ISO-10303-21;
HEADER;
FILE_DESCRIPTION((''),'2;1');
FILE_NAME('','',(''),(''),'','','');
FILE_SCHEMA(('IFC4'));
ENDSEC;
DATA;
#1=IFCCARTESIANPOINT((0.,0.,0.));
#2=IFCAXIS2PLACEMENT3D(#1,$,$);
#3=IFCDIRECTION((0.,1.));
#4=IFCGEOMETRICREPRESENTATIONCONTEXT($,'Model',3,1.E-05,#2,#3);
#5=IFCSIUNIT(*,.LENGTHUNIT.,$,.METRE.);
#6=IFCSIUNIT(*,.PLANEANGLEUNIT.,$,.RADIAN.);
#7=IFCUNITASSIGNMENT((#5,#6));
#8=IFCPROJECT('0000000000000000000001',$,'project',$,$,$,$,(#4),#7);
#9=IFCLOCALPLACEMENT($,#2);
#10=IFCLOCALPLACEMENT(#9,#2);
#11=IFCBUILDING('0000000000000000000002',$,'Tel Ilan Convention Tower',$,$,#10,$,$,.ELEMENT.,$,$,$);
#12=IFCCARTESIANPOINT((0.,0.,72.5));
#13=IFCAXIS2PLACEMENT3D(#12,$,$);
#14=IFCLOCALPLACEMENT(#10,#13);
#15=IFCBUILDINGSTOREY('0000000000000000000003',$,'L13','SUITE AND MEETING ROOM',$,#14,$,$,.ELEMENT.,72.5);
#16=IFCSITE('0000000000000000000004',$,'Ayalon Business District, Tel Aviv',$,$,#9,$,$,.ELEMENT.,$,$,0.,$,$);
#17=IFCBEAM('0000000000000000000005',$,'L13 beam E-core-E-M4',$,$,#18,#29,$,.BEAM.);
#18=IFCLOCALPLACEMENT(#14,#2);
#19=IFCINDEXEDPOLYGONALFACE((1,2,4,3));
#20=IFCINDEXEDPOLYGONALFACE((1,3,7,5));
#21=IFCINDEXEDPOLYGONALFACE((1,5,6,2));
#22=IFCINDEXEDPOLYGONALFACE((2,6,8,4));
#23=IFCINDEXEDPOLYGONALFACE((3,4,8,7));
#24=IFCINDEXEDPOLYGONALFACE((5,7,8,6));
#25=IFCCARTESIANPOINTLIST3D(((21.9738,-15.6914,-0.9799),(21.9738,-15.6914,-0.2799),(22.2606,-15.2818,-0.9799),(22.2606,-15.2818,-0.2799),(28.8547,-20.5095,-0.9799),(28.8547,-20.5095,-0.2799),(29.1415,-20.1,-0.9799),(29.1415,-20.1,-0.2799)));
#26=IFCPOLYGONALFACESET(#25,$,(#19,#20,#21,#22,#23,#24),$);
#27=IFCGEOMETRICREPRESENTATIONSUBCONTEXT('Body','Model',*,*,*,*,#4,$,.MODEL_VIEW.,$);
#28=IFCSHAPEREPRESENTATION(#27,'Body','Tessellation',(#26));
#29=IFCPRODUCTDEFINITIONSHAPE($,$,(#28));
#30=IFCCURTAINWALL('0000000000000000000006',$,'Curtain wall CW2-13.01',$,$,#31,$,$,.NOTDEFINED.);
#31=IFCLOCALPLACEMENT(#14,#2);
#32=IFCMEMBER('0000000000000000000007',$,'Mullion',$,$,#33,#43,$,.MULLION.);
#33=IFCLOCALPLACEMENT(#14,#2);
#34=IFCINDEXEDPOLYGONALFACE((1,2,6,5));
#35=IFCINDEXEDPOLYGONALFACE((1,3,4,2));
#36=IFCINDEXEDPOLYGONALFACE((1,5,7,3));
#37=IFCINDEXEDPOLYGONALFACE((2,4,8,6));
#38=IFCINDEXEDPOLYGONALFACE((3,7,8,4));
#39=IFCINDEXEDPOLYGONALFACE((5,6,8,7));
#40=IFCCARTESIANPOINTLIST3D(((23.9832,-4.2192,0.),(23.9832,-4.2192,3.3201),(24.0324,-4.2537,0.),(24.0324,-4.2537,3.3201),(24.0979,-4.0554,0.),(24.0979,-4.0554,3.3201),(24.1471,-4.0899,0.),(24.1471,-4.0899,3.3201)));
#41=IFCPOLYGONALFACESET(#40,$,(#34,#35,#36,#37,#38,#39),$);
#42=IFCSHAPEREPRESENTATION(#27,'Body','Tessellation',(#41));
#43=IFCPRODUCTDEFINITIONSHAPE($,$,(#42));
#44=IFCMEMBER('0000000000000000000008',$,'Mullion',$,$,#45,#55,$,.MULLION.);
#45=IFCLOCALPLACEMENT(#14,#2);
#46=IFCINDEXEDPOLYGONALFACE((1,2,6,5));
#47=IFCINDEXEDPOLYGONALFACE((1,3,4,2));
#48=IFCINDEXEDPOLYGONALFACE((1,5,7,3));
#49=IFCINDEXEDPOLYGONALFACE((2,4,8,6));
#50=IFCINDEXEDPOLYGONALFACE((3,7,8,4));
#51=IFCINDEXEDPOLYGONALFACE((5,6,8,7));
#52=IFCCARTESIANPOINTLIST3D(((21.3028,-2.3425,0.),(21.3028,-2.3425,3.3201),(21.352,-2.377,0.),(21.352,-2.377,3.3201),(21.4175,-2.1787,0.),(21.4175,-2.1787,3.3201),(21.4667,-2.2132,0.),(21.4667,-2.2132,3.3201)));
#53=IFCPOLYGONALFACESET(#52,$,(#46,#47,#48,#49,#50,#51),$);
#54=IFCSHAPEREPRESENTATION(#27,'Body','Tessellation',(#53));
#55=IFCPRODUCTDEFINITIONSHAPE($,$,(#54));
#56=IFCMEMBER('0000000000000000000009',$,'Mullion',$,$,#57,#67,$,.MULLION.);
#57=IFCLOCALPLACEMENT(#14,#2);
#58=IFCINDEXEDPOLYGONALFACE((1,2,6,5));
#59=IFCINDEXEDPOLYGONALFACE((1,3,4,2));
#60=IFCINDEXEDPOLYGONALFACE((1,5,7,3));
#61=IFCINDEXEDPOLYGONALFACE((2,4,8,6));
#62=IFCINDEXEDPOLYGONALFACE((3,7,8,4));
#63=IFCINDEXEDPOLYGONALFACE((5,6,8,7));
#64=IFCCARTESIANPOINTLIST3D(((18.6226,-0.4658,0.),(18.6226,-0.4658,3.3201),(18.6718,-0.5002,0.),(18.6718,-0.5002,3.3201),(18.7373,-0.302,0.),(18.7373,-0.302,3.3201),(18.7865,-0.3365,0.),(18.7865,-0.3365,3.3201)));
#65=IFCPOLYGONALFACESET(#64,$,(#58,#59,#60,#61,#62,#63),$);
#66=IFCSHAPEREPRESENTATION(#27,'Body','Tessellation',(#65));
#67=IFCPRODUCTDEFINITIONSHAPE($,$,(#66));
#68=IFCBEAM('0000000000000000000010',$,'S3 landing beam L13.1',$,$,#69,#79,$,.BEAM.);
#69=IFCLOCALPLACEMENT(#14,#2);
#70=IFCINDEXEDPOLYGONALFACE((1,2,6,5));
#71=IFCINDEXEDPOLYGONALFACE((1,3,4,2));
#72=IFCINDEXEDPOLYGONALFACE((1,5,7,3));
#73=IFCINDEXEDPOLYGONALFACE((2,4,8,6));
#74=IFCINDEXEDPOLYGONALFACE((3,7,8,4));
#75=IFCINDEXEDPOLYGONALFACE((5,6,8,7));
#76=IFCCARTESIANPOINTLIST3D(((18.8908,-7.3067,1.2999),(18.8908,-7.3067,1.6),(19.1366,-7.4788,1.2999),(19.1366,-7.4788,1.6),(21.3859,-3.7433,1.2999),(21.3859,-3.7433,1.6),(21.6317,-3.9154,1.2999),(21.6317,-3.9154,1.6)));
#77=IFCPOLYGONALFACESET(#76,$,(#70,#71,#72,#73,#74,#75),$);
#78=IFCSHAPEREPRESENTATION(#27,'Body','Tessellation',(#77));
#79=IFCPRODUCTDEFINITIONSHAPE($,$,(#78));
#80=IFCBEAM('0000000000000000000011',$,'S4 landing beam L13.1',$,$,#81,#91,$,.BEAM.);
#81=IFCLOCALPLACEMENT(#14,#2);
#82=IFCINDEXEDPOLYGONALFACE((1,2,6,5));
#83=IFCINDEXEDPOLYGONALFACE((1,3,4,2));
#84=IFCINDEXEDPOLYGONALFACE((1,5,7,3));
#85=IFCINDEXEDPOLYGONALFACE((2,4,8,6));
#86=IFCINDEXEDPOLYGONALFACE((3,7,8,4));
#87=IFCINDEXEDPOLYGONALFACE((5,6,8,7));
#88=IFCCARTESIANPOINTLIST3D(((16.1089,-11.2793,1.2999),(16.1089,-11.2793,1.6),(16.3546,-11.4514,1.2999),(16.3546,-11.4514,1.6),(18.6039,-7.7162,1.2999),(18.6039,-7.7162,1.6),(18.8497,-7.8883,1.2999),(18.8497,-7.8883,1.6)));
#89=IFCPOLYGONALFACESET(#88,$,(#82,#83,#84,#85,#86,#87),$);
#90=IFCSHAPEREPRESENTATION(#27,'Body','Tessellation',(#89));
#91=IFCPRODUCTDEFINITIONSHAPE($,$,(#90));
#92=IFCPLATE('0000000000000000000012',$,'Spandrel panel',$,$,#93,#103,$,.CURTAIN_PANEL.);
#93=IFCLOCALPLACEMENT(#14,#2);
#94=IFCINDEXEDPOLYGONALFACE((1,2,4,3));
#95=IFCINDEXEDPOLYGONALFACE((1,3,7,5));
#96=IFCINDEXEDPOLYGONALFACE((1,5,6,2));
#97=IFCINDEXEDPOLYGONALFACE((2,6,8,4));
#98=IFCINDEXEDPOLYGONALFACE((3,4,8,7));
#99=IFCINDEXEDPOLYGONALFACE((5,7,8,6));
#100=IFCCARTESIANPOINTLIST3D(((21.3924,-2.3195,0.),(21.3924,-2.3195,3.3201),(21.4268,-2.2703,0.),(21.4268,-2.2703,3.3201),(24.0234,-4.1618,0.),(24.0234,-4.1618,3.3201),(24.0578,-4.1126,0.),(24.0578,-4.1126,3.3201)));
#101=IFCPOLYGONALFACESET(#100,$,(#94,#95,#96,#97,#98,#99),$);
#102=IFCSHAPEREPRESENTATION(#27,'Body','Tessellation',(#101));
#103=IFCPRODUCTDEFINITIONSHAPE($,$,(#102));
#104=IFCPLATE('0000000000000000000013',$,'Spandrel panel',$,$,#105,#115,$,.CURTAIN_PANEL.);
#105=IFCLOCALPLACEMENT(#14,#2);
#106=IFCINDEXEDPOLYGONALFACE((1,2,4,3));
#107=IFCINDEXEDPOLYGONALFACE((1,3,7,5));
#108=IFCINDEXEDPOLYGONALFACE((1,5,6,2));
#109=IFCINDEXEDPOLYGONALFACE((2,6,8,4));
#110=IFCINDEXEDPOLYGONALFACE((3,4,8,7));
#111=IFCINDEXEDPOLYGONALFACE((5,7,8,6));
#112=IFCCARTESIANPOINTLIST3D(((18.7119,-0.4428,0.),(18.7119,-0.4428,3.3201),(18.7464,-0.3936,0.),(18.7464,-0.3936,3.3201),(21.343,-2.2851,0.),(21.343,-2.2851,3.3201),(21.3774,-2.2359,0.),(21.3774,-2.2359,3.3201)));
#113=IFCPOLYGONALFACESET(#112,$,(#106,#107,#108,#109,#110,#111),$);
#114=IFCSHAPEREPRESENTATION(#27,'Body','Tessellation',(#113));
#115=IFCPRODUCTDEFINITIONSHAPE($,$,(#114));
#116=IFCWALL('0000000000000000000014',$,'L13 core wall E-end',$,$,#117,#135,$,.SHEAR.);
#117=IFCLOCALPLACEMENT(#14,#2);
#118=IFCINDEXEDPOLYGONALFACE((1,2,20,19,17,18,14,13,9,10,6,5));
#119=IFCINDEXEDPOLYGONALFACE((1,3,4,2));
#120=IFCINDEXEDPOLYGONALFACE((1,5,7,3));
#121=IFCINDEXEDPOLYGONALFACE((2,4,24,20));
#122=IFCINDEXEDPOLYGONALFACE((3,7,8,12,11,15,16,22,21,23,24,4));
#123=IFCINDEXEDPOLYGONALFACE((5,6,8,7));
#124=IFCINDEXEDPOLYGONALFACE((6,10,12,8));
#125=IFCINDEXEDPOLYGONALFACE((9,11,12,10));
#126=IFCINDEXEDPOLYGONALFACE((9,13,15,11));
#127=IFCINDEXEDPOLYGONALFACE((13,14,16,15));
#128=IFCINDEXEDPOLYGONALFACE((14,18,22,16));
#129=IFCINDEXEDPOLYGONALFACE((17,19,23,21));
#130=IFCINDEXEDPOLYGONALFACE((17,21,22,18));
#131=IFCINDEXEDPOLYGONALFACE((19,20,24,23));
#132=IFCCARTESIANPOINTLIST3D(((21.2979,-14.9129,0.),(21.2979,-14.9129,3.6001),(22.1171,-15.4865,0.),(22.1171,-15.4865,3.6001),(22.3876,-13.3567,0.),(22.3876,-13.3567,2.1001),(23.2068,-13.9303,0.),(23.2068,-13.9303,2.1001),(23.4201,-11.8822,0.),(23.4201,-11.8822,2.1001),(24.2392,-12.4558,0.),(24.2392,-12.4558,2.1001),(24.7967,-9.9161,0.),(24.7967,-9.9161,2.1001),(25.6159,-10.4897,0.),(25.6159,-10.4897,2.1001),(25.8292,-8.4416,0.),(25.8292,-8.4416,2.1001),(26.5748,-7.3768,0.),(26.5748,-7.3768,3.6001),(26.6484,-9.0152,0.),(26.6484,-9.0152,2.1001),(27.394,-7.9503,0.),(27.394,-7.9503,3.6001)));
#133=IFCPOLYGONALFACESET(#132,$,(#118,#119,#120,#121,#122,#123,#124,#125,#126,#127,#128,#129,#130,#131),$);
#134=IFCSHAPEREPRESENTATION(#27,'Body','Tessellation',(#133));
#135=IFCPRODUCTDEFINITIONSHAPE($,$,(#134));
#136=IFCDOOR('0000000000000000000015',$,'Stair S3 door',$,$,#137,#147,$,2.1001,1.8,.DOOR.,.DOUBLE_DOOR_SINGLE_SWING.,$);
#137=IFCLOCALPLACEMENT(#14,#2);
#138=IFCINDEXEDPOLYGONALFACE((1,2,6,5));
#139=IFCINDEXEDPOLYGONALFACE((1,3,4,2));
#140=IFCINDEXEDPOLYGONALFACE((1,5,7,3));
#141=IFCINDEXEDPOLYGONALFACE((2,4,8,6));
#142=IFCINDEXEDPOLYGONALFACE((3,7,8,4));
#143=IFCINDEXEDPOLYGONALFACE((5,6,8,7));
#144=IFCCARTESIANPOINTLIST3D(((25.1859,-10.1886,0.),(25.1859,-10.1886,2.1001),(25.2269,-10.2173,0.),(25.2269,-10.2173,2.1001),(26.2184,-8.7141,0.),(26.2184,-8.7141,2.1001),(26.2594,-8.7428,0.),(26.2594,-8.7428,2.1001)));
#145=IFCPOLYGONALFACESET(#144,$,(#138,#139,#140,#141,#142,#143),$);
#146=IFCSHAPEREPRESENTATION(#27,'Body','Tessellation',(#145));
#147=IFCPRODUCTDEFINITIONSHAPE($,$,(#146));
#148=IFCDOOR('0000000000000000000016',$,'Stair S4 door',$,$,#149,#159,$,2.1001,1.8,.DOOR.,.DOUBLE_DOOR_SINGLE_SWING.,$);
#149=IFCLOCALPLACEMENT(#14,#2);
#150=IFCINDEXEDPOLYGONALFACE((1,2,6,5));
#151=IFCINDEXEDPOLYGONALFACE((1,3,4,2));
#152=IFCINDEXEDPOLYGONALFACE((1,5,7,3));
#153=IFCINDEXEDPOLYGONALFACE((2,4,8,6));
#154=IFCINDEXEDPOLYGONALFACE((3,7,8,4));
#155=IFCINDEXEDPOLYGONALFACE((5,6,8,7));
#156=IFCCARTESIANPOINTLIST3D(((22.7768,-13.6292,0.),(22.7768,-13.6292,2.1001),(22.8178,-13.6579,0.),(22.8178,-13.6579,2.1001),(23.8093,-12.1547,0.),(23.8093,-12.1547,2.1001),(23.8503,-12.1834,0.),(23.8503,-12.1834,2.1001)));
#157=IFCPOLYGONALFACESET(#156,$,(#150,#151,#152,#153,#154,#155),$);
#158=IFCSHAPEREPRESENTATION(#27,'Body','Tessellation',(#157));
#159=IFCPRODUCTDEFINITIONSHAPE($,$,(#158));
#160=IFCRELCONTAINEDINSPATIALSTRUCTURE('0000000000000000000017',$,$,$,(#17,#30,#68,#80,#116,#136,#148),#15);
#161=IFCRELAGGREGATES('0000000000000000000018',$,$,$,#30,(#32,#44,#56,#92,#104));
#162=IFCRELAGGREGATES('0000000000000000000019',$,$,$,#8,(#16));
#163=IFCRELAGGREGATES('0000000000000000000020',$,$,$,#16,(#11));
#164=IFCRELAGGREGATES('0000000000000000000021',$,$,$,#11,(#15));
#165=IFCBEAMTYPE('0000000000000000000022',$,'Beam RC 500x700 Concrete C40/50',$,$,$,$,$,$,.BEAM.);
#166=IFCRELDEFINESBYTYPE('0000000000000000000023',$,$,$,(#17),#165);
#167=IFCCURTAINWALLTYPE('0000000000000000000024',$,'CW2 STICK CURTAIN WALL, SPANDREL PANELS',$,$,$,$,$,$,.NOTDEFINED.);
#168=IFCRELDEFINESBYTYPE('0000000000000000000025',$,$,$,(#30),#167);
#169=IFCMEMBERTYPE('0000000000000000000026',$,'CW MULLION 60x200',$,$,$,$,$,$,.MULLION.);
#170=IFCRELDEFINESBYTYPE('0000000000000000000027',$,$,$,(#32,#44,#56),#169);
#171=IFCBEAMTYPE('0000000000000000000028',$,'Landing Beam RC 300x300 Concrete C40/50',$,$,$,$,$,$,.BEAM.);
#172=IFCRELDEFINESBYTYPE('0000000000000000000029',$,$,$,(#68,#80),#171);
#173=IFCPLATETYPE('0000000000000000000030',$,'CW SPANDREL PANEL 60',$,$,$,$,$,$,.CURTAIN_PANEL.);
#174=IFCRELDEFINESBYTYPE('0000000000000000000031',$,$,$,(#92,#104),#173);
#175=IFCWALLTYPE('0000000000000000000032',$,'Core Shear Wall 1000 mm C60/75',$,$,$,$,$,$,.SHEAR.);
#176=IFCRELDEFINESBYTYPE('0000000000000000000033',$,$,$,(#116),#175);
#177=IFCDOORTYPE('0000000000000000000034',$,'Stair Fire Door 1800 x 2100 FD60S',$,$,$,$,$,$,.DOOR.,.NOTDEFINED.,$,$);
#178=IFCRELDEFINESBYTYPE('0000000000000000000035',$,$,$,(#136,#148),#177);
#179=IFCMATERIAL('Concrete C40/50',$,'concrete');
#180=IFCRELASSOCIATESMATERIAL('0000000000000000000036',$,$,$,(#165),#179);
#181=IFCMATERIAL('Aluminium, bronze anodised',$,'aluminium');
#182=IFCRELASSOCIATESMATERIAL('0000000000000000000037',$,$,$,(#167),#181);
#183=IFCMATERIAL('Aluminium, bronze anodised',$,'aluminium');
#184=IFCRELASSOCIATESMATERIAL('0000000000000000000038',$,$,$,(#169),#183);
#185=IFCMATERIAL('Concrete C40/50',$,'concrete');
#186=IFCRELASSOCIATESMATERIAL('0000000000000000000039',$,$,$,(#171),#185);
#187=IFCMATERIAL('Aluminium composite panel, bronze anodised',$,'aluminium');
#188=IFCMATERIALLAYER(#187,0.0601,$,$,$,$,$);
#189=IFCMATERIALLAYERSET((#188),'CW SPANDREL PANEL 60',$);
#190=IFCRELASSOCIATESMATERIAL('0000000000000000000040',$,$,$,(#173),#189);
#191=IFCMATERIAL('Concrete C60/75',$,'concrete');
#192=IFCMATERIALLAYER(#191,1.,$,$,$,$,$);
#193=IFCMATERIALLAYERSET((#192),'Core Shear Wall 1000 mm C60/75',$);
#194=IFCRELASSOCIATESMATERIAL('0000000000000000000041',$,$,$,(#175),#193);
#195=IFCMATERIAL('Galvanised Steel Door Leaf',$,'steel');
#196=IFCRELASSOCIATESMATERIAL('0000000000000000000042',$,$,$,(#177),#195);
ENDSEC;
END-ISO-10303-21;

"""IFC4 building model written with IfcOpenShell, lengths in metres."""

from ifc_helpers import new_model, si_unit, direction, frame, frame_2d, origin, origin_2d, place, context, subcontext, project, spatial, polyline, rectangle, outline, extrude, material, layer, layer_set, material_profile, profile_set, type_object, element, fill, aggregate, save


model = new_model("IFC4")

# Units and contexts
model_context = context("Model", 3, precision=1e-05, world=origin(), true_north=direction((0.0, 1.0)))
body_context = subcontext(model_context, "Body", "Model", "MODEL_VIEW")
ifc_project = project(units=[si_unit("LENGTHUNIT", "METRE"), si_unit("PLANEANGLEUNIT", "RADIAN")], contexts=[model_context])

# Site, building, storey
site_placement = place(None, origin())
site = spatial("IfcSite", under=ifc_project, at=site_placement, Name="Ayalon Business District, Tel Aviv", CompositionType="ELEMENT", RefElevation=0.0)
building_placement = place(site_placement, origin())
building = spatial("IfcBuilding", under=site, at=building_placement, Name="Tel Ilan Convention Tower", CompositionType="ELEMENT")
storey_placement = place(building_placement, frame((0.0, 0.0, 72.5)))
storey = spatial("IfcBuildingStorey", under=building, at=storey_placement, Name="L13", Description="SUITE AND MEETING ROOM", CompositionType="ELEMENT", Elevation=72.5)

# Beam
ifc_material_1 = material(Name="Concrete C40/50", Category="concrete")
ifc_material_profile_1 = material_profile(ifc_material_1, rectangle(XDim=0.5, YDim=0.7, at=origin_2d()), Name="RC 500x700")
ifc_profile_set_1 = profile_set([ifc_material_profile_1], Name="Concrete C40/50")
beam_type_1 = type_object("IfcBeamType", Name="Beam RC 500x700 Concrete C40/50", PredefinedType="BEAM", material=ifc_profile_set_1)
beam_1_placement = place(storey_placement, frame((22.1172, -15.4866, -0.6299), z_axis=(0.819147, -0.573583, 0.0), x_axis=(0.573583, 0.819147, 0.0)))
element("IfcBeam", 1, at=beam_1_placement, inside=storey, type_object=beam_type_1, Name="L13 beam E-core-E-M4", PredefinedType="BEAM", context=body_context, shape_type="SweptSolid", body=[
    extrude(rectangle(XDim=0.5, YDim=0.7, at=origin_2d()), origin(), (0.0, 0.0, 1.0), 8.4001),
])

# Curtain wall, members
ifc_material_2 = material(Name="Aluminium, bronze anodised", Category="aluminium")
curtain_wall_type = type_object("IfcCurtainWallType", Name="CW2 STICK CURTAIN WALL, SPANDREL PANELS", PredefinedType="NOTDEFINED", material=ifc_material_2)
curtain_wall_placement = place(storey_placement, origin())
curtain_wall = element("IfcCurtainWall", 2, at=curtain_wall_placement, inside=storey, type_object=curtain_wall_type, Name="Curtain wall CW2-13.01", PredefinedType="NOTDEFINED")
ifc_material_3 = material(Name="Aluminium, bronze anodised", Category="aluminium")
ifc_material_profile_2 = material_profile(ifc_material_3, rectangle(XDim=0.0601, YDim=0.2, at=origin_2d()), Name="CW MULLION 60x200")
ifc_profile_set_2 = profile_set([ifc_material_profile_2], Name="Aluminium, bronze anodised")
member_type = type_object("IfcMemberType", Name="CW MULLION 60x200", PredefinedType="MULLION", material=ifc_profile_set_2)
member_1_placement = place(storey_placement, frame((24.0652, -4.1545, 0.0), z_axis=(0.0, 0.0, 1.0), x_axis=(-0.819152, 0.573576, 0.0)))
member_1 = element("IfcMember", 3, at=member_1_placement, type_object=member_type, Name="Mullion", PredefinedType="MULLION", context=body_context, shape_type="SweptSolid", body=[
    extrude(rectangle(XDim=0.0601, YDim=0.2, at=origin_2d()), origin(), (0.0, 0.0, 1.0), 3.3201),
])
member_2_placement = place(storey_placement, frame((21.3848, -2.2778, 0.0), z_axis=(0.0, 0.0, 1.0), x_axis=(-0.819152, 0.573576, 0.0)))
member_2 = element("IfcMember", 4, at=member_2_placement, type_object=member_type, Name="Mullion", PredefinedType="MULLION", context=body_context, shape_type="SweptSolid", body=[
    extrude(rectangle(XDim=0.0601, YDim=0.2, at=origin_2d()), origin(), (0.0, 0.0, 1.0), 3.3201),
])
member_3_placement = place(storey_placement, frame((18.7046, -0.4011, 0.0), z_axis=(0.0, 0.0, 1.0), x_axis=(-0.819152, 0.573576, 0.0)))
member_3 = element("IfcMember", 5, at=member_3_placement, type_object=member_type, Name="Mullion", PredefinedType="MULLION", context=body_context, shape_type="SweptSolid", body=[
    extrude(rectangle(XDim=0.0601, YDim=0.2, at=origin_2d()), origin(), (0.0, 0.0, 1.0), 3.3201),
])

# Beams
ifc_material_4 = material(Name="Concrete C40/50", Category="concrete")
ifc_material_profile_3 = material_profile(ifc_material_4, rectangle(XDim=0.3, YDim=0.3, at=origin_2d()), Name="RC 300x300")
ifc_profile_set_3 = profile_set([ifc_material_profile_3], Name="Concrete C40/50")
beam_type_2 = type_object("IfcBeamType", Name="Landing Beam RC 300x300 Concrete C40/50", PredefinedType="BEAM", material=ifc_profile_set_3)
beam_2_placement = place(storey_placement, frame((21.5088, -3.8293, 1.45), z_axis=(-0.573568, -0.819158, 0.0), x_axis=(0.819158, -0.573568, 0.0)))
element("IfcBeam", 6, at=beam_2_placement, inside=storey, type_object=beam_type_2, Name="S3 landing beam L13.1", PredefinedType="BEAM", context=body_context, shape_type="SweptSolid", body=[
    extrude(rectangle(XDim=0.3, YDim=0.3, at=origin_2d()), origin(), (0.0, 0.0, 1.0), 4.3501),
])
beam_3_placement = place(storey_placement, frame((18.7268, -7.8022, 1.45), z_axis=(-0.573594, -0.81914, 0.0), x_axis=(0.81914, -0.573594, 0.0)))
element("IfcBeam", 7, at=beam_3_placement, inside=storey, type_object=beam_type_2, Name="S4 landing beam L13.1", PredefinedType="BEAM", context=body_context, shape_type="SweptSolid", body=[
    extrude(rectangle(XDim=0.3, YDim=0.3, at=origin_2d()), origin(), (0.0, 0.0, 1.0), 4.3499),
])

# Plates
ifc_material_5 = material(Name="Aluminium composite panel, bronze anodised", Category="aluminium")
ifc_layer_1 = layer(ifc_material_5, 0.0601)
ifc_layer_set_1 = layer_set([ifc_layer_1], Name="CW SPANDREL PANEL 60")
plate_type = type_object("IfcPlateType", Name="CW SPANDREL PANEL 60", PredefinedType="CURTAIN_PANEL", material=ifc_layer_set_1)
plate_1_placement = place(storey_placement, frame((22.7251, -3.2161, 0.0), z_axis=(0.0, 0.0, 1.0), x_axis=(-0.819152, 0.573576, 0.0)))
plate_1 = element("IfcPlate", 8, at=plate_1_placement, type_object=plate_type, Name="Spandrel panel", PredefinedType="CURTAIN_PANEL", context=body_context, shape_type="SweptSolid", body=[
    extrude(rectangle(XDim=3.2119, YDim=0.0601, at=origin_2d()), origin(), (0.0, 0.0, 1.0), 3.3201),
])
plate_2_placement = place(storey_placement, frame((20.0447, -1.3394, 0.0), z_axis=(0.0, 0.0, 1.0), x_axis=(-0.819152, 0.573576, 0.0)))
plate_2 = element("IfcPlate", 9, at=plate_2_placement, type_object=plate_type, Name="Spandrel panel", PredefinedType="CURTAIN_PANEL", context=body_context, shape_type="SweptSolid", body=[
    extrude(rectangle(XDim=3.2119, YDim=0.0601, at=origin_2d()), origin(), (0.0, 0.0, 1.0), 3.3201),
])
aggregate(curtain_wall, [member_1, member_2, member_3, plate_1, plate_2])

# Wall, openings, doors
ifc_material_6 = material(Name="Concrete C60/75", Category="concrete")
ifc_layer_2 = layer(ifc_material_6, 1.0)
ifc_layer_set_2 = layer_set([ifc_layer_2], Name="Core Shear Wall 1000 mm C60/75")
wall_type_1 = type_object("IfcWallType", Name="Core Shear Wall 1000 mm C60/75", PredefinedType="SHEAR", material=ifc_layer_set_2)
wall_1_placement = place(storey_placement, frame((21.7075, -15.1997, 0.0), z_axis=(0.0, 0.0, 1.0), x_axis=(0.573576, 0.819152, 0.0)))
wall_1 = element("IfcWall", 10, at=wall_1_placement, inside=storey, type_object=wall_type_1, Name="L13 core wall E-end", PredefinedType="SHEAR", context=body_context, shape_type="SweptSolid", body=[
    extrude(outline(polyline([(9.2, 0.5), (0.0, 0.5), (0.0, -0.5), (9.2, -0.5), (9.2, 0.5)])), origin(), (0.0, 0.0, 1.0), 3.6001),
])
opening_1_placement = place(wall_1_placement, frame((6.1001, 0.0, 0.0)))
opening_1 = element("IfcOpeningElement", 11, at=opening_1_placement, cuts=wall_1, PredefinedType="OPENING", context=body_context, shape_type="SweptSolid", body=[
    extrude(rectangle(XDim=1.8, YDim=2.1001, at=frame_2d((0.8999, 1.05))), frame((0.0, 0.51, 0.0), z_axis=(0.0, -1.0, 0.0), x_axis=(1.0, 0.0, 0.0)), (0.0, 0.0, 1.0), 1.02),
])
opening_2_placement = place(wall_1_placement, frame((1.8999, 0.0, 0.0)))
opening_2 = element("IfcOpeningElement", 12, at=opening_2_placement, cuts=wall_1, PredefinedType="OPENING", context=body_context, shape_type="SweptSolid", body=[
    extrude(rectangle(XDim=1.8, YDim=2.1001, at=frame_2d((0.8999, 1.05))), frame((0.0, 0.51, 0.0), z_axis=(0.0, -1.0, 0.0), x_axis=(1.0, 0.0, 0.0)), (0.0, 0.0, 1.0), 1.02),
])
ifc_material_7 = material(Name="Galvanised Steel Door Leaf", Category="steel")
door_type_1 = type_object("IfcDoorType", Name="Stair Fire Door 1800 x 2100 FD60S", OperationType="NOTDEFINED", PredefinedType="DOOR", material=ifc_material_7)
door_1_placement = place(opening_1_placement, origin())
door_1 = element("IfcDoor", 13, at=door_1_placement, inside=storey, type_object=door_type_1, Name="Stair S3 door", OperationType="DOUBLE_DOOR_SINGLE_SWING", OverallHeight=2.1001, OverallWidth=1.8, PredefinedType="DOOR", context=body_context, shape_type="SweptSolid", body=[
    extrude(rectangle(XDim=1.8, YDim=2.1001, at=frame_2d((0.8999, 1.05))), frame((0.0, 0.0249, 0.0), z_axis=(0.0, -1.0, 0.0), x_axis=(1.0, 0.0, 0.0)), (0.0, 0.0, 1.0), 0.05),
])
fill(opening_1, door_1)
door_2_placement = place(opening_2_placement, origin())
door_2 = element("IfcDoor", 14, at=door_2_placement, inside=storey, type_object=door_type_1, Name="Stair S4 door", OperationType="DOUBLE_DOOR_SINGLE_SWING", OverallHeight=2.1001, OverallWidth=1.8, PredefinedType="DOOR", context=body_context, shape_type="SweptSolid", body=[
    extrude(rectangle(XDim=1.8, YDim=2.1001, at=frame_2d((0.8999, 1.05))), frame((0.0, 0.0249, 0.0), z_axis=(0.0, -1.0, 0.0), x_axis=(1.0, 0.0, 0.0)), (0.0, 0.0, 1.0), 0.05),
])
fill(opening_2, door_2)

save(model, "model.ifc")
